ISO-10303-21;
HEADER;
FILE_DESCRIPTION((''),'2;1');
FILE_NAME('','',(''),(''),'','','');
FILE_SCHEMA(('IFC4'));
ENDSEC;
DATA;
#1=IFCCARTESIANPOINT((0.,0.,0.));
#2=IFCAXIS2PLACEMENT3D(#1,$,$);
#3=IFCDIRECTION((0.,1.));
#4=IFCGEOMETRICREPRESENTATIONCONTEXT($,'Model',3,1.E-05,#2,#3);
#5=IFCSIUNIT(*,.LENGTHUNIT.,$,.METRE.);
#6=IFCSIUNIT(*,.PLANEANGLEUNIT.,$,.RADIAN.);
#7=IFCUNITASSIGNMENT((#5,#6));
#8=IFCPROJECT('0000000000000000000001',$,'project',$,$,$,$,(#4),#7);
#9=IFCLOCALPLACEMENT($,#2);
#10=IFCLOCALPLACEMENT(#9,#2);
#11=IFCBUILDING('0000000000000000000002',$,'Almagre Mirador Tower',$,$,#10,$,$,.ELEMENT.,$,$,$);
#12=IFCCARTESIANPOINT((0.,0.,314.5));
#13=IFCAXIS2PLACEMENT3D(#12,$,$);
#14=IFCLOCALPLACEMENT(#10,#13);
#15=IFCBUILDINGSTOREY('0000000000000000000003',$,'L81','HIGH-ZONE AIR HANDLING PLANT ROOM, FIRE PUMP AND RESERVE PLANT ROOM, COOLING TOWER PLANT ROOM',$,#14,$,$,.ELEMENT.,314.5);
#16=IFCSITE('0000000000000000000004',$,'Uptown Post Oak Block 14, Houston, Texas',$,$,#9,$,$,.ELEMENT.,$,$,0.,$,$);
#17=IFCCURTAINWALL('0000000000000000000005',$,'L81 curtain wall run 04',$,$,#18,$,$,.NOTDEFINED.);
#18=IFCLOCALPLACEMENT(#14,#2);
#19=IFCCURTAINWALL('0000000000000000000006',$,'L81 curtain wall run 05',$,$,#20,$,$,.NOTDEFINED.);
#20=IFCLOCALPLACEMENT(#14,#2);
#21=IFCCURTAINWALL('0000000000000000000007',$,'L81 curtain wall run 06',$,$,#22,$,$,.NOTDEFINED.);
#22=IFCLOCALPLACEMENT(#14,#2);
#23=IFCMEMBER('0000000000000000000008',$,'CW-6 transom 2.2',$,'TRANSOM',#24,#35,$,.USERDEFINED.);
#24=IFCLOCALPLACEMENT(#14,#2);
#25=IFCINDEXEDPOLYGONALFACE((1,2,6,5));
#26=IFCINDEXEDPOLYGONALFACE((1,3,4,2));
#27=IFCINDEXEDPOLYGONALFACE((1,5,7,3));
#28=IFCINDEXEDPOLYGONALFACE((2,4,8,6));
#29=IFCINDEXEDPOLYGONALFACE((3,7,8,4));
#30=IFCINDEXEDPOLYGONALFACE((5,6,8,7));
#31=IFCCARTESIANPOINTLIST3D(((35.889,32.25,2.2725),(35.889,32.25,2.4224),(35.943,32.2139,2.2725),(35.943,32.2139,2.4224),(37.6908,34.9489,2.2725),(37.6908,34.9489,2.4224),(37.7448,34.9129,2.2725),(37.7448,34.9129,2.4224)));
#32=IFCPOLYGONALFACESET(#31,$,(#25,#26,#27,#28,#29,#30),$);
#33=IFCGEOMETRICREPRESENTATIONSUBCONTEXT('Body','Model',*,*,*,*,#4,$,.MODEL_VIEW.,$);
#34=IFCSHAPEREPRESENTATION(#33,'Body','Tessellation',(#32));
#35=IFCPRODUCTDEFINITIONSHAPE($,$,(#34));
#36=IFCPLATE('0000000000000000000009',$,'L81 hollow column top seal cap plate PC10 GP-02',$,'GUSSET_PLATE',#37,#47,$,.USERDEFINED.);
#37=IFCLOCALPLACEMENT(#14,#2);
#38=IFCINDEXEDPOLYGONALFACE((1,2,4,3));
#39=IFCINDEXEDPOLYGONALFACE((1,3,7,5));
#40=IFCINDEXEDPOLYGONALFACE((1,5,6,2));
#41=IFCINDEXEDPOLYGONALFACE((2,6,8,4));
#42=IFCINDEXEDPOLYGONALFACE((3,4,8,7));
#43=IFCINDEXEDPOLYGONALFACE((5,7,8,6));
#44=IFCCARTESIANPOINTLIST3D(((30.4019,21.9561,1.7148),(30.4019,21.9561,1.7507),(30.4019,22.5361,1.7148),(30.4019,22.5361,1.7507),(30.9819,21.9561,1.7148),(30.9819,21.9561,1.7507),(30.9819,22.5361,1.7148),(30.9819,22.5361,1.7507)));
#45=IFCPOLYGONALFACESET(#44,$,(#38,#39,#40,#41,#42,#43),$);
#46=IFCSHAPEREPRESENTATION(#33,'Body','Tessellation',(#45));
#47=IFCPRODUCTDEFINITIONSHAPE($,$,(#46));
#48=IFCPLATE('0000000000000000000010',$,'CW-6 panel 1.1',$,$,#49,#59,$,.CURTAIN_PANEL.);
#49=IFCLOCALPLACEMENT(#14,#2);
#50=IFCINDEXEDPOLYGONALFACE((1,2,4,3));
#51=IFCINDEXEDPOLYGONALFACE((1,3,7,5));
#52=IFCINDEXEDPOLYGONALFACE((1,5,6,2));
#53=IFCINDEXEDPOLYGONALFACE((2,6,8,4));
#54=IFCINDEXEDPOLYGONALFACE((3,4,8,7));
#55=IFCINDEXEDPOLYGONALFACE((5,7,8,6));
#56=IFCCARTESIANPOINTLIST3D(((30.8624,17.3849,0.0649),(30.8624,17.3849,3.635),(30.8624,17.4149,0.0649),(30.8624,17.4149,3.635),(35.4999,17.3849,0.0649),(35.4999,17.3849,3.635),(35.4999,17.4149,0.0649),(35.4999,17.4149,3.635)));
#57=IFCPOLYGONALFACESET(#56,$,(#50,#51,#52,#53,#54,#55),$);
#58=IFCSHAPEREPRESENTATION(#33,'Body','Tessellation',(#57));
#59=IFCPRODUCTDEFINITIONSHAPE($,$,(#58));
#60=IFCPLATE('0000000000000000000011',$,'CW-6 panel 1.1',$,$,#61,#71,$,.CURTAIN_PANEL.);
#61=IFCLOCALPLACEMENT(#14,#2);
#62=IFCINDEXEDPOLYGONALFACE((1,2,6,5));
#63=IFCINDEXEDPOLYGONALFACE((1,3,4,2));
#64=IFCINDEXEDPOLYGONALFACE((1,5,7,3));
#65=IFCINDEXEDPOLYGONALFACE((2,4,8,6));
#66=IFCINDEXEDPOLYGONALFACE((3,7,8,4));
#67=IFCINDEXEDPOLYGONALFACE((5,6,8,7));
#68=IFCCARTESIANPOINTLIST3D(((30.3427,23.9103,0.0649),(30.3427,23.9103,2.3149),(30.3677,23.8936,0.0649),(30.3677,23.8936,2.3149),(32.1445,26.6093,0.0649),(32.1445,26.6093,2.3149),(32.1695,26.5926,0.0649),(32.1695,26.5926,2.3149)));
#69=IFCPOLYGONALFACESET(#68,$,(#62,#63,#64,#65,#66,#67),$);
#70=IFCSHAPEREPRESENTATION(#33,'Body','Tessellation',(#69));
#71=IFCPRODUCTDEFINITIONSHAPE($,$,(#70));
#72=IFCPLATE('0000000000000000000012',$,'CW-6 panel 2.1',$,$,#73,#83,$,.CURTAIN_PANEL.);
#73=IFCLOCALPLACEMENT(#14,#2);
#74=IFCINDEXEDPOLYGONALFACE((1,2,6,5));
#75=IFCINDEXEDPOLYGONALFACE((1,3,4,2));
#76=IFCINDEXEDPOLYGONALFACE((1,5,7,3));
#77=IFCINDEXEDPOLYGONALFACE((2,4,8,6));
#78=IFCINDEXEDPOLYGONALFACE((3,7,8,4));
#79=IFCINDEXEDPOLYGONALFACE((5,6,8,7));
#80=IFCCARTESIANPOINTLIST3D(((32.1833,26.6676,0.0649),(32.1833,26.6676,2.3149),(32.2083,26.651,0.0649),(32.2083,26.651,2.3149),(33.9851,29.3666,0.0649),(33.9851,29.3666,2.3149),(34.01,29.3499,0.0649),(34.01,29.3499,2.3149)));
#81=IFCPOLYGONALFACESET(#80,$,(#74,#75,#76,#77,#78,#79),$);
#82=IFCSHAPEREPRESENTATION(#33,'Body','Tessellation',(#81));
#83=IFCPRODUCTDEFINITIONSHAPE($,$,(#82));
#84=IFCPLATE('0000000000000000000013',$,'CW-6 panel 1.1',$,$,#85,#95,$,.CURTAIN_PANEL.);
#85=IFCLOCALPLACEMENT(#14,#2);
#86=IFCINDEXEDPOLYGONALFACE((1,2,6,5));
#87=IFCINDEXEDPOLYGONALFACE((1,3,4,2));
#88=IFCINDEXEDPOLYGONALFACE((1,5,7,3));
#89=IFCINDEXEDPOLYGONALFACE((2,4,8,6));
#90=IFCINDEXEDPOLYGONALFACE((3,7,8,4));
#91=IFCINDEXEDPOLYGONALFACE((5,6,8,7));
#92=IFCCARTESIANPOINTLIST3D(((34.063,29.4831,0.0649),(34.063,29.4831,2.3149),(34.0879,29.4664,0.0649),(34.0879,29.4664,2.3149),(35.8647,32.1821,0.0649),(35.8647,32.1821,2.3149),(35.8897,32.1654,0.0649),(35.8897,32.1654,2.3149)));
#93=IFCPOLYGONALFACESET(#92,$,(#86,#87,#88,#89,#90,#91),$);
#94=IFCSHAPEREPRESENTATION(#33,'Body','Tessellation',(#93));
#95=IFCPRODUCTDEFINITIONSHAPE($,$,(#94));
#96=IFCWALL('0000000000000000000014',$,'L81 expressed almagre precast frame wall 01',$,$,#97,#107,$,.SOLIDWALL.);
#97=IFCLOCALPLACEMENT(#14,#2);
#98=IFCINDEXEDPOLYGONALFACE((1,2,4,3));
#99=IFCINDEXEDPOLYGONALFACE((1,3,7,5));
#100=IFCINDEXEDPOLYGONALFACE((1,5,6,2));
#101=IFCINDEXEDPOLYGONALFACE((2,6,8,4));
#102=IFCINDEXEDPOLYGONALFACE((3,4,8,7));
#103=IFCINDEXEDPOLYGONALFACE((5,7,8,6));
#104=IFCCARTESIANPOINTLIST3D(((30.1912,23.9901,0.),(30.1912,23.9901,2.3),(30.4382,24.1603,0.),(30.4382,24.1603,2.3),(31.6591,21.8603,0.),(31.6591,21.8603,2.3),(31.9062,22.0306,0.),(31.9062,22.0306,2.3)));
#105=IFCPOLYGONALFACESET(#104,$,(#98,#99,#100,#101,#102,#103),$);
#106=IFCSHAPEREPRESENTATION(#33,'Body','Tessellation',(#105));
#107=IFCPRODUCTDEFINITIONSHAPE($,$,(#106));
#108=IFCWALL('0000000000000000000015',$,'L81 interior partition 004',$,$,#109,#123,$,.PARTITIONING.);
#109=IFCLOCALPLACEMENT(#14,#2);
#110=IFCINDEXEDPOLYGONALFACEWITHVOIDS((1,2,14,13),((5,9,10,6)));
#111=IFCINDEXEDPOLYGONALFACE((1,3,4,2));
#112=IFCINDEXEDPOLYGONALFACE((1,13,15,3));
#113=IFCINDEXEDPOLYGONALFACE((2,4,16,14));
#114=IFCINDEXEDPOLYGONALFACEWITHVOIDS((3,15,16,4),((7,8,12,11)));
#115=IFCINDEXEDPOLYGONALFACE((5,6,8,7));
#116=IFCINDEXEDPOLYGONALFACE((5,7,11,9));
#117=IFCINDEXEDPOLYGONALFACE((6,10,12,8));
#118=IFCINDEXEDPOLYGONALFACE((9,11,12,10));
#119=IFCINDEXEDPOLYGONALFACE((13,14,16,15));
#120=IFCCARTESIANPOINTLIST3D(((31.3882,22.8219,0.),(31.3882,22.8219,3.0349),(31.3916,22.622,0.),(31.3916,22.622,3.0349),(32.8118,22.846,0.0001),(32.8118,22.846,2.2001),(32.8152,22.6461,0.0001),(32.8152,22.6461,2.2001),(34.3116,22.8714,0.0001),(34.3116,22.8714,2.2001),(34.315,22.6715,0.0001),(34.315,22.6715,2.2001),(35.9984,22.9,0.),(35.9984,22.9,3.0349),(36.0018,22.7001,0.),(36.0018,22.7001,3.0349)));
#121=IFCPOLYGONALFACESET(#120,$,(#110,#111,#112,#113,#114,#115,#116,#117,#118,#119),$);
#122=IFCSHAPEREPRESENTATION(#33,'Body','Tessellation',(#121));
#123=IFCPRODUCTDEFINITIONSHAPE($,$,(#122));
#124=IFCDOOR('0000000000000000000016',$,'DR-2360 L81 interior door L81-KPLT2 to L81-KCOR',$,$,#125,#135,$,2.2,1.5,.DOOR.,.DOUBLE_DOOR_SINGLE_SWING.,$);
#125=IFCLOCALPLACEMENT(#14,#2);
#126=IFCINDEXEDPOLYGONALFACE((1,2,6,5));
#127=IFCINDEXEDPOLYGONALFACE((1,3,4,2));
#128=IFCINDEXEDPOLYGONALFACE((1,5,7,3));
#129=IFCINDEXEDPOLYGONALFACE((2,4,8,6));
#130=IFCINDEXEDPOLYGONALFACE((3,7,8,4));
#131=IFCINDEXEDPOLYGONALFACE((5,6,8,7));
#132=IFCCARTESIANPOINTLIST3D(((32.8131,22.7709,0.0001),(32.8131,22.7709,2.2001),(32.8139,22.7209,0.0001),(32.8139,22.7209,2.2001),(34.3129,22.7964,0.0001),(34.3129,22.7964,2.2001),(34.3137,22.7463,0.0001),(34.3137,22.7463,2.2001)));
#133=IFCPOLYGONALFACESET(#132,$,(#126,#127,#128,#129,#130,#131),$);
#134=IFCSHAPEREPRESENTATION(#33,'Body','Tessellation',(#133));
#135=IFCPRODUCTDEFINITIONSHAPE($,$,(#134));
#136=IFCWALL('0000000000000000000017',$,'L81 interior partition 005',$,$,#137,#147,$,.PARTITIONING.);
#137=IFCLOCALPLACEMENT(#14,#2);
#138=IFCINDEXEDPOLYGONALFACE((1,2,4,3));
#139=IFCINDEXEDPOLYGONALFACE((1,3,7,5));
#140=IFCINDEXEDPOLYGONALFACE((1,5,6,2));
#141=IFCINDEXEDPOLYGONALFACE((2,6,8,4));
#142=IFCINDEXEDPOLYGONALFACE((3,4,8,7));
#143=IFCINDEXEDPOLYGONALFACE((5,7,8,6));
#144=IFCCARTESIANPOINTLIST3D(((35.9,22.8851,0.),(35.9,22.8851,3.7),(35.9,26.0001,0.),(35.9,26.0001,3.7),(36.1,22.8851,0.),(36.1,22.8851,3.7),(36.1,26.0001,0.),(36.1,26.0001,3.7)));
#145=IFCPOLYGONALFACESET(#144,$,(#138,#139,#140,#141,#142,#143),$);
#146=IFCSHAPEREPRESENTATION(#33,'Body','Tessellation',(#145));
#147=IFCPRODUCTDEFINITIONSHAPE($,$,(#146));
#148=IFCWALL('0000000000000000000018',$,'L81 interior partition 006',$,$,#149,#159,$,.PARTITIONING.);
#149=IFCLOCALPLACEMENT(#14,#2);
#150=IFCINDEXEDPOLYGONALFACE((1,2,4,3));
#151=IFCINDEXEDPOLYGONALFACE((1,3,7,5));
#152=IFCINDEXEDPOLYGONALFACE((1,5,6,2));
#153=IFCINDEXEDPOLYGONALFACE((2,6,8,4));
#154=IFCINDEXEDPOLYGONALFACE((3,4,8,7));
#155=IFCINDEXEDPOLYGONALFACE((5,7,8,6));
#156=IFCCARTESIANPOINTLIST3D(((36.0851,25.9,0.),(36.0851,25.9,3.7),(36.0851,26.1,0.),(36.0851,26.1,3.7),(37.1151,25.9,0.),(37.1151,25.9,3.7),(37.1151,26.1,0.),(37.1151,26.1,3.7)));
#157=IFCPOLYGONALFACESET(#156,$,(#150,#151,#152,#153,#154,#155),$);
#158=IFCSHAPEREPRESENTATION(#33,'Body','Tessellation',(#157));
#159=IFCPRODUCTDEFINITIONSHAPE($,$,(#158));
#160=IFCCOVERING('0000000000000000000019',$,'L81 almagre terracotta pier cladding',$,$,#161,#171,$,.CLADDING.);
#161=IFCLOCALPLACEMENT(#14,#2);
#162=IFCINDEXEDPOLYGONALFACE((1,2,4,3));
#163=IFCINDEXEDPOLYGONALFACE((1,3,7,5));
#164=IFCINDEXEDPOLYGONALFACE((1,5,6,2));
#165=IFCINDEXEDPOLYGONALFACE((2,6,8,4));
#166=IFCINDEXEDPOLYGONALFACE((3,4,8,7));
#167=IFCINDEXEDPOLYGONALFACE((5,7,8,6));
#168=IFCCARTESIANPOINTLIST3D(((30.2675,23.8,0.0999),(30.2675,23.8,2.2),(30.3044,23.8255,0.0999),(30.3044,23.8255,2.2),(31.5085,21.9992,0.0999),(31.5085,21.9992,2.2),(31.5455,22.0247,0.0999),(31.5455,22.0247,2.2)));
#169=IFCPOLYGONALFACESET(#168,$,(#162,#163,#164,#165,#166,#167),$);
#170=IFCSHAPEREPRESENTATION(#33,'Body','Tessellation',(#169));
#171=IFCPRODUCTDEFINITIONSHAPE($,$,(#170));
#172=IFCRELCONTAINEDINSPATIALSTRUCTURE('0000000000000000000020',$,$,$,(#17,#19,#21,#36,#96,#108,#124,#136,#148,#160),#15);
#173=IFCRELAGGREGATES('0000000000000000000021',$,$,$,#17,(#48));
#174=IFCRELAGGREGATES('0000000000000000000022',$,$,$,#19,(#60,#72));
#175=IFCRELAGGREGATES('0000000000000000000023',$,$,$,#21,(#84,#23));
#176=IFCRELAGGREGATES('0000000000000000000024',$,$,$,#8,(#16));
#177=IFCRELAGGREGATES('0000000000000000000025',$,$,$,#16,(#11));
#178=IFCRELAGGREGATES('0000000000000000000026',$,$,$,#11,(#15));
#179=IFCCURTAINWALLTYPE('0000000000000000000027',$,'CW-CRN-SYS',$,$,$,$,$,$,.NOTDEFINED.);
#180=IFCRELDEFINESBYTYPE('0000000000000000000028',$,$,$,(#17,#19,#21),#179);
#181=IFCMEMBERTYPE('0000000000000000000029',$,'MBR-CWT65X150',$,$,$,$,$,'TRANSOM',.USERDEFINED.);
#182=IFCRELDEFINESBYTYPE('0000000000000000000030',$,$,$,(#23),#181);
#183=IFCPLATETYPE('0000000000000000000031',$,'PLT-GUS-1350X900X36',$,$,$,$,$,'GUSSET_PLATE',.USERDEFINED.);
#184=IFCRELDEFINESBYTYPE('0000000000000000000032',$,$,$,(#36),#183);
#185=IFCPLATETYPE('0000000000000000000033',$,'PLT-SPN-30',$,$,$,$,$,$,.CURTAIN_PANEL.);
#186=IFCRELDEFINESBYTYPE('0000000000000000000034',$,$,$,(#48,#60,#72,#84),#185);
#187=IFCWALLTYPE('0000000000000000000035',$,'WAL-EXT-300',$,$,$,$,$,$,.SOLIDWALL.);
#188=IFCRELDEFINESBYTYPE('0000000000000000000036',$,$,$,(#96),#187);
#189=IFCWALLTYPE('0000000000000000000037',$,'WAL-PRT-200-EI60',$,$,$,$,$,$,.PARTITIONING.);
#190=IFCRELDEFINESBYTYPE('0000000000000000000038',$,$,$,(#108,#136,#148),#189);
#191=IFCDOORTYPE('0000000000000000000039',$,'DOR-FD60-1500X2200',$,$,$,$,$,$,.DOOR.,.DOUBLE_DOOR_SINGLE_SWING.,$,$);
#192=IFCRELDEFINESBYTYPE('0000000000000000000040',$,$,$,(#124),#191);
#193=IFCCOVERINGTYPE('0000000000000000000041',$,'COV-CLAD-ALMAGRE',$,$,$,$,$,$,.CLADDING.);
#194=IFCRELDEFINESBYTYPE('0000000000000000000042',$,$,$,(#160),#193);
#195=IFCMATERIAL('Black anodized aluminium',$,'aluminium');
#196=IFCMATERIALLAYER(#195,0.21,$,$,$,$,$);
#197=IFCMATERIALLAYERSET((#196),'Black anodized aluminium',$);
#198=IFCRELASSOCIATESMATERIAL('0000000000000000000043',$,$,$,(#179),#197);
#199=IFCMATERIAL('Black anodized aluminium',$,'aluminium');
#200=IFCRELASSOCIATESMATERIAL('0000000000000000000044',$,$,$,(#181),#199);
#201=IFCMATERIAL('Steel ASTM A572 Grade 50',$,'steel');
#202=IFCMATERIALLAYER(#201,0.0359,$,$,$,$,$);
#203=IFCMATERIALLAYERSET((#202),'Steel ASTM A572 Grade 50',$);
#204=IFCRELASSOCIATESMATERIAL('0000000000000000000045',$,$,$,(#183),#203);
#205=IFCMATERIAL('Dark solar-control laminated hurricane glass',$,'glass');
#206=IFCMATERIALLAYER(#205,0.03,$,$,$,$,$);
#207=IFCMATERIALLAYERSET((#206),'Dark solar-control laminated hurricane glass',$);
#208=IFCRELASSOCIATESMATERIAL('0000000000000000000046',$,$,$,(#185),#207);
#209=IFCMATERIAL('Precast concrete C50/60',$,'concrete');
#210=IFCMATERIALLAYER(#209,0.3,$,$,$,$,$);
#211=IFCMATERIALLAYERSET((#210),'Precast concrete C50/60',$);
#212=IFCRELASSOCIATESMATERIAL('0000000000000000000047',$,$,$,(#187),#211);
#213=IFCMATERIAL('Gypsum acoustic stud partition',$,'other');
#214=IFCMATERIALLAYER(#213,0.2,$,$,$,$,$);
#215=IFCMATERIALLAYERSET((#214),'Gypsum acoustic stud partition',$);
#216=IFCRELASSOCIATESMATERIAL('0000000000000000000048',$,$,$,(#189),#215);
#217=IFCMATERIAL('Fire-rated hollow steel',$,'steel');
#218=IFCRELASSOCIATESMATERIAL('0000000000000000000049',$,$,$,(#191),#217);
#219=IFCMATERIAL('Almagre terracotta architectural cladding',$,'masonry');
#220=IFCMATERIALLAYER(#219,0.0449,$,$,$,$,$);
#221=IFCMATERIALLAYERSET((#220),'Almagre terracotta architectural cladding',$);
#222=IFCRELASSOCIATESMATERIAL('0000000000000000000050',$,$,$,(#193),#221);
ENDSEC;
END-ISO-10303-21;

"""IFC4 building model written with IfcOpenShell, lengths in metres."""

from ifc_helpers import new_model, si_unit, direction, frame, frame_2d, origin, origin_2d, place, context, subcontext, project, spatial, rectangle, extrude, material, layer, layer_set, material_profile, profile_set, type_object, element, fill, aggregate, save


model = new_model("IFC4")

# Units and contexts
model_context = context("Model", 3, precision=1e-05, world=origin(), true_north=direction((0.0, 1.0)))
body_context = subcontext(model_context, "Body", "Model", "MODEL_VIEW")
ifc_project = project(units=[si_unit("LENGTHUNIT", "METRE"), si_unit("PLANEANGLEUNIT", "RADIAN")], contexts=[model_context])

# Site, building, storey
site_placement = place(None, origin())
site = spatial("IfcSite", under=ifc_project, at=site_placement, Name="Uptown Post Oak Block 14, Houston, Texas", CompositionType="ELEMENT", RefElevation=0.0)
building_placement = place(site_placement, origin())
building = spatial("IfcBuilding", under=site, at=building_placement, Name="Almagre Mirador Tower", CompositionType="ELEMENT")
storey_placement = place(building_placement, frame((0.0, 0.0, 314.5)))
storey = spatial("IfcBuildingStorey", under=building, at=storey_placement, Name="L81", Description="HIGH-ZONE AIR HANDLING PLANT ROOM, FIRE PUMP AND RESERVE PLANT ROOM, COOLING TOWER PLANT ROOM", CompositionType="ELEMENT", Elevation=314.5)

# Shared definitions
ifc_material_1 = material(Name="Black anodized aluminium", Category="aluminium")
ifc_layer_1 = layer(ifc_material_1, 0.21)
ifc_layer_set_1 = layer_set([ifc_layer_1], Name="Black anodized aluminium")
curtain_wall_type = type_object("IfcCurtainWallType", Name="CW-CRN-SYS", PredefinedType="NOTDEFINED", material=ifc_layer_set_1)

# Curtain walls
curtain_wall_1_placement = place(storey_placement, origin())
curtain_wall_1 = element("IfcCurtainWall", 1, at=curtain_wall_1_placement, inside=storey, type_object=curtain_wall_type, Name="L81 curtain wall run 04", PredefinedType="NOTDEFINED")
curtain_wall_2_placement = place(storey_placement, origin())
curtain_wall_2 = element("IfcCurtainWall", 2, at=curtain_wall_2_placement, inside=storey, type_object=curtain_wall_type, Name="L81 curtain wall run 05", PredefinedType="NOTDEFINED")
curtain_wall_3_placement = place(storey_placement, origin())
curtain_wall_3 = element("IfcCurtainWall", 3, at=curtain_wall_3_placement, inside=storey, type_object=curtain_wall_type, Name="L81 curtain wall run 06", PredefinedType="NOTDEFINED")

# Member
ifc_material_2 = material(Name="Black anodized aluminium", Category="aluminium")
ifc_material_profile_1 = material_profile(ifc_material_2, rectangle(XDim=0.0649, YDim=0.1499, at=origin_2d()), Name="CWT65X150")
ifc_profile_set_1 = profile_set([ifc_material_profile_1], Name="Black anodized aluminium")
member_type_1 = type_object("IfcMemberType", Name="MBR-CWT65X150", ElementType="TRANSOM", PredefinedType="USERDEFINED", material=ifc_profile_set_1)
member_1_placement = place(storey_placement, frame((35.916, 32.2319, 2.3474), z_axis=(0.555221, 0.831703, 0.0), x_axis=(-0.831703, 0.555221, 0.0)))
member_1 = element("IfcMember", 4, at=member_1_placement, type_object=member_type_1, Name="CW-6 transom 2.2", ObjectType="TRANSOM", PredefinedType="USERDEFINED", context=body_context, shape_type="SweptSolid", body=[
    extrude(rectangle(XDim=0.0649, YDim=0.1499, at=origin_2d()), origin(), (0.0, 0.0, 1.0), 3.2451),
])

# Plates
ifc_material_3 = material(Name="Steel ASTM A572 Grade 50", Category="steel")
ifc_layer_2 = layer(ifc_material_3, 0.0359)
ifc_layer_set_2 = layer_set([ifc_layer_2], Name="Steel ASTM A572 Grade 50")
plate_type_1 = type_object("IfcPlateType", Name="PLT-GUS-1350X900X36", ElementType="GUSSET_PLATE", PredefinedType="USERDEFINED", material=ifc_layer_set_2)
plate_1_placement = place(storey_placement, frame((30.6919, 22.2461, 1.7148), z_axis=(0.0, 0.0, 1.0), x_axis=(1.0, 0.0, 0.0)))
element("IfcPlate", 5, at=plate_1_placement, inside=storey, type_object=plate_type_1, Name="L81 hollow column top seal cap plate PC10 GP-02", ObjectType="GUSSET_PLATE", PredefinedType="USERDEFINED", context=body_context, shape_type="SweptSolid", body=[
    extrude(rectangle(XDim=0.5801, YDim=0.5801, at=origin_2d()), origin(), (0.0, 0.0, 1.0), 0.0359),
])
ifc_material_4 = material(Name="Dark solar-control laminated hurricane glass", Category="glass")
ifc_layer_3 = layer(ifc_material_4, 0.03)
ifc_layer_set_3 = layer_set([ifc_layer_3], Name="Dark solar-control laminated hurricane glass")
plate_type_2 = type_object("IfcPlateType", Name="PLT-SPN-30", PredefinedType="CURTAIN_PANEL", material=ifc_layer_set_3)
plate_2_placement = place(storey_placement, frame((33.1812, 17.3999, 0.0649), z_axis=(0.0, 0.0, 1.0), x_axis=(1.0, 0.0, 0.0)))
plate_2 = element("IfcPlate", 6, at=plate_2_placement, type_object=plate_type_2, Name="CW-6 panel 1.1", PredefinedType="CURTAIN_PANEL", context=body_context, shape_type="SweptSolid", body=[
    extrude(rectangle(XDim=4.6375, YDim=0.03, at=origin_2d()), origin(), (0.0, 0.0, 1.0), 3.5701),
])
aggregate(curtain_wall_1, [plate_2])
plate_3_placement = place(storey_placement, frame((31.2561, 25.2515, 0.0649), z_axis=(0.0, 0.0, 1.0), x_axis=(0.555213, 0.831708, 0.0)))
plate_3 = element("IfcPlate", 7, at=plate_3_placement, type_object=plate_type_2, Name="CW-6 panel 1.1", PredefinedType="CURTAIN_PANEL", context=body_context, shape_type="SweptSolid", body=[
    extrude(rectangle(XDim=3.2451, YDim=0.03, at=origin_2d()), origin(), (0.0, 0.0, 1.0), 2.25),
])
plate_4_placement = place(storey_placement, frame((33.0967, 28.0088, 0.0649), z_axis=(0.0, 0.0, 1.0), x_axis=(0.555213, 0.831708, 0.0)))
plate_4 = element("IfcPlate", 8, at=plate_4_placement, type_object=plate_type_2, Name="CW-6 panel 2.1", PredefinedType="CURTAIN_PANEL", context=body_context, shape_type="SweptSolid", body=[
    extrude(rectangle(XDim=3.2451, YDim=0.03, at=origin_2d()), origin(), (0.0, 0.0, 1.0), 2.25),
])
aggregate(curtain_wall_2, [plate_3, plate_4])
plate_5_placement = place(storey_placement, frame((34.9763, 30.8242, 0.0649), z_axis=(0.0, 0.0, 1.0), x_axis=(0.555213, 0.831708, 0.0)))
plate_5 = element("IfcPlate", 9, at=plate_5_placement, type_object=plate_type_2, Name="CW-6 panel 1.1", PredefinedType="CURTAIN_PANEL", context=body_context, shape_type="SweptSolid", body=[
    extrude(rectangle(XDim=3.2451, YDim=0.03, at=origin_2d()), origin(), (0.0, 0.0, 1.0), 2.25),
])
aggregate(curtain_wall_3, [plate_5, member_1])

# Wall
ifc_material_5 = material(Name="Precast concrete C50/60", Category="concrete")
ifc_layer_4 = layer(ifc_material_5, 0.3)
ifc_layer_set_4 = layer_set([ifc_layer_4], Name="Precast concrete C50/60")
wall_type_1 = type_object("IfcWallType", Name="WAL-EXT-300", PredefinedType="SOLIDWALL", material=ifc_layer_set_4)
wall_1_placement = place(storey_placement, frame((31.7827, 21.9453, 0.0), z_axis=(0.0, 0.0, 1.0), x_axis=(-0.567506, 0.823369, 0.0)))
element("IfcWall", 10, at=wall_1_placement, inside=storey, type_object=wall_type_1, Name="L81 expressed almagre precast frame wall 01", PredefinedType="SOLIDWALL", context=body_context, shape_type="SweptSolid", body=[
    extrude(rectangle(XDim=2.5867, YDim=0.3, at=frame_2d((1.2935, 0.0))), origin(), (0.0, 0.0, 1.0), 2.3),
])

# Wall, opening, door
ifc_material_6 = material(Name="Gypsum acoustic stud partition", Category="other")
ifc_layer_5 = layer(ifc_material_6, 0.2)
ifc_layer_set_5 = layer_set([ifc_layer_5], Name="Gypsum acoustic stud partition")
wall_type_2 = type_object("IfcWallType", Name="WAL-PRT-200-EI60", PredefinedType="PARTITIONING", material=ifc_layer_set_5)
wall_2_placement = place(storey_placement, frame((31.3899, 22.7219, 0.0), z_axis=(0.0, 0.0, 1.0), x_axis=(0.999856, 0.016944, 0.0)))
wall_2 = element("IfcWall", 11, at=wall_2_placement, inside=storey, type_object=wall_type_2, Name="L81 interior partition 004", PredefinedType="PARTITIONING", context=body_context, shape_type="SweptSolid", body=[
    extrude(rectangle(XDim=4.6108, YDim=0.2, at=frame_2d((2.3054, 0.0))), origin(), (0.0, 0.0, 1.0), 3.0349),
])
opening_placement = place(wall_2_placement, frame((1.4238, 0.0, 0.0)))
opening = element("IfcOpeningElement", 12, at=opening_placement, cuts=wall_2, PredefinedType="OPENING", context=body_context, shape_type="SweptSolid", body=[
    extrude(rectangle(XDim=1.5, YDim=2.2, at=frame_2d((0.75, 1.1001))), frame((0.0, 0.1101, 0.0), z_axis=(0.0, -1.0, 0.0), x_axis=(1.0, 0.0, 0.0)), (0.0, 0.0, 1.0), 0.22),
])
ifc_material_7 = material(Name="Fire-rated hollow steel", Category="steel")
door_type = type_object("IfcDoorType", Name="DOR-FD60-1500X2200", OperationType="DOUBLE_DOOR_SINGLE_SWING", PredefinedType="DOOR", material=ifc_material_7)
door_placement = place(opening_placement, origin())
door = element("IfcDoor", 13, at=door_placement, inside=storey, type_object=door_type, Name="DR-2360 L81 interior door L81-KPLT2 to L81-KCOR", OperationType="DOUBLE_DOOR_SINGLE_SWING", OverallHeight=2.2, OverallWidth=1.5, PredefinedType="DOOR", context=body_context, shape_type="SweptSolid", body=[
    extrude(rectangle(XDim=1.5, YDim=2.2, at=frame_2d((0.75, 1.1001))), frame((0.0, 0.0249, 0.0), z_axis=(0.0, -1.0, 0.0), x_axis=(1.0, 0.0, 0.0)), (0.0, 0.0, 1.0), 0.05),
])
fill(opening, door)

# Walls
wall_3_placement = place(storey_placement, frame((36.0, 22.885, 0.0), z_axis=(0.0, 0.0, 1.0), x_axis=(0.0, 1.0, 0.0)))
element("IfcWall", 14, at=wall_3_placement, inside=storey, type_object=wall_type_2, Name="L81 interior partition 005", PredefinedType="PARTITIONING", context=body_context, shape_type="SweptSolid", body=[
    extrude(rectangle(XDim=3.115, YDim=0.2, at=frame_2d((1.5576, 0.0))), origin(), (0.0, 0.0, 1.0), 3.7),
])
wall_4_placement = place(storey_placement, frame((36.085, 26.0, 0.0), z_axis=(0.0, 0.0, 1.0), x_axis=(1.0, 0.0, 0.0)))
element("IfcWall", 15, at=wall_4_placement, inside=storey, type_object=wall_type_2, Name="L81 interior partition 006", PredefinedType="PARTITIONING", context=body_context, shape_type="SweptSolid", body=[
    extrude(rectangle(XDim=1.03, YDim=0.2, at=frame_2d((0.5151, 0.0))), origin(), (0.0, 0.0, 1.0), 3.7),
])

# Covering
ifc_material_8 = material(Name="Almagre terracotta architectural cladding", Category="masonry")
ifc_layer_6 = layer(ifc_material_8, 0.0449)
ifc_layer_set_6 = layer_set([ifc_layer_6], Name="Almagre terracotta architectural cladding")
covering_type = type_object("IfcCoveringType", Name="COV-CLAD-ALMAGRE", PredefinedType="CLADDING", material=ifc_layer_set_6)
covering_placement = place(storey_placement, frame((30.9065, 22.9124, 0.0999), z_axis=(0.0, 0.0, 1.0), x_axis=(-0.567485, 0.823384, 0.0)))
element("IfcCovering", 16, at=covering_placement, inside=storey, type_object=covering_type, Name="L81 almagre terracotta pier cladding", PredefinedType="CLADDING", context=body_context, shape_type="SweptSolid", body=[
    extrude(rectangle(XDim=2.187, YDim=0.0449, at=origin_2d()), origin(), (0.0, 0.0, 1.0), 2.1001),
])

save(model, "model.ifc")
